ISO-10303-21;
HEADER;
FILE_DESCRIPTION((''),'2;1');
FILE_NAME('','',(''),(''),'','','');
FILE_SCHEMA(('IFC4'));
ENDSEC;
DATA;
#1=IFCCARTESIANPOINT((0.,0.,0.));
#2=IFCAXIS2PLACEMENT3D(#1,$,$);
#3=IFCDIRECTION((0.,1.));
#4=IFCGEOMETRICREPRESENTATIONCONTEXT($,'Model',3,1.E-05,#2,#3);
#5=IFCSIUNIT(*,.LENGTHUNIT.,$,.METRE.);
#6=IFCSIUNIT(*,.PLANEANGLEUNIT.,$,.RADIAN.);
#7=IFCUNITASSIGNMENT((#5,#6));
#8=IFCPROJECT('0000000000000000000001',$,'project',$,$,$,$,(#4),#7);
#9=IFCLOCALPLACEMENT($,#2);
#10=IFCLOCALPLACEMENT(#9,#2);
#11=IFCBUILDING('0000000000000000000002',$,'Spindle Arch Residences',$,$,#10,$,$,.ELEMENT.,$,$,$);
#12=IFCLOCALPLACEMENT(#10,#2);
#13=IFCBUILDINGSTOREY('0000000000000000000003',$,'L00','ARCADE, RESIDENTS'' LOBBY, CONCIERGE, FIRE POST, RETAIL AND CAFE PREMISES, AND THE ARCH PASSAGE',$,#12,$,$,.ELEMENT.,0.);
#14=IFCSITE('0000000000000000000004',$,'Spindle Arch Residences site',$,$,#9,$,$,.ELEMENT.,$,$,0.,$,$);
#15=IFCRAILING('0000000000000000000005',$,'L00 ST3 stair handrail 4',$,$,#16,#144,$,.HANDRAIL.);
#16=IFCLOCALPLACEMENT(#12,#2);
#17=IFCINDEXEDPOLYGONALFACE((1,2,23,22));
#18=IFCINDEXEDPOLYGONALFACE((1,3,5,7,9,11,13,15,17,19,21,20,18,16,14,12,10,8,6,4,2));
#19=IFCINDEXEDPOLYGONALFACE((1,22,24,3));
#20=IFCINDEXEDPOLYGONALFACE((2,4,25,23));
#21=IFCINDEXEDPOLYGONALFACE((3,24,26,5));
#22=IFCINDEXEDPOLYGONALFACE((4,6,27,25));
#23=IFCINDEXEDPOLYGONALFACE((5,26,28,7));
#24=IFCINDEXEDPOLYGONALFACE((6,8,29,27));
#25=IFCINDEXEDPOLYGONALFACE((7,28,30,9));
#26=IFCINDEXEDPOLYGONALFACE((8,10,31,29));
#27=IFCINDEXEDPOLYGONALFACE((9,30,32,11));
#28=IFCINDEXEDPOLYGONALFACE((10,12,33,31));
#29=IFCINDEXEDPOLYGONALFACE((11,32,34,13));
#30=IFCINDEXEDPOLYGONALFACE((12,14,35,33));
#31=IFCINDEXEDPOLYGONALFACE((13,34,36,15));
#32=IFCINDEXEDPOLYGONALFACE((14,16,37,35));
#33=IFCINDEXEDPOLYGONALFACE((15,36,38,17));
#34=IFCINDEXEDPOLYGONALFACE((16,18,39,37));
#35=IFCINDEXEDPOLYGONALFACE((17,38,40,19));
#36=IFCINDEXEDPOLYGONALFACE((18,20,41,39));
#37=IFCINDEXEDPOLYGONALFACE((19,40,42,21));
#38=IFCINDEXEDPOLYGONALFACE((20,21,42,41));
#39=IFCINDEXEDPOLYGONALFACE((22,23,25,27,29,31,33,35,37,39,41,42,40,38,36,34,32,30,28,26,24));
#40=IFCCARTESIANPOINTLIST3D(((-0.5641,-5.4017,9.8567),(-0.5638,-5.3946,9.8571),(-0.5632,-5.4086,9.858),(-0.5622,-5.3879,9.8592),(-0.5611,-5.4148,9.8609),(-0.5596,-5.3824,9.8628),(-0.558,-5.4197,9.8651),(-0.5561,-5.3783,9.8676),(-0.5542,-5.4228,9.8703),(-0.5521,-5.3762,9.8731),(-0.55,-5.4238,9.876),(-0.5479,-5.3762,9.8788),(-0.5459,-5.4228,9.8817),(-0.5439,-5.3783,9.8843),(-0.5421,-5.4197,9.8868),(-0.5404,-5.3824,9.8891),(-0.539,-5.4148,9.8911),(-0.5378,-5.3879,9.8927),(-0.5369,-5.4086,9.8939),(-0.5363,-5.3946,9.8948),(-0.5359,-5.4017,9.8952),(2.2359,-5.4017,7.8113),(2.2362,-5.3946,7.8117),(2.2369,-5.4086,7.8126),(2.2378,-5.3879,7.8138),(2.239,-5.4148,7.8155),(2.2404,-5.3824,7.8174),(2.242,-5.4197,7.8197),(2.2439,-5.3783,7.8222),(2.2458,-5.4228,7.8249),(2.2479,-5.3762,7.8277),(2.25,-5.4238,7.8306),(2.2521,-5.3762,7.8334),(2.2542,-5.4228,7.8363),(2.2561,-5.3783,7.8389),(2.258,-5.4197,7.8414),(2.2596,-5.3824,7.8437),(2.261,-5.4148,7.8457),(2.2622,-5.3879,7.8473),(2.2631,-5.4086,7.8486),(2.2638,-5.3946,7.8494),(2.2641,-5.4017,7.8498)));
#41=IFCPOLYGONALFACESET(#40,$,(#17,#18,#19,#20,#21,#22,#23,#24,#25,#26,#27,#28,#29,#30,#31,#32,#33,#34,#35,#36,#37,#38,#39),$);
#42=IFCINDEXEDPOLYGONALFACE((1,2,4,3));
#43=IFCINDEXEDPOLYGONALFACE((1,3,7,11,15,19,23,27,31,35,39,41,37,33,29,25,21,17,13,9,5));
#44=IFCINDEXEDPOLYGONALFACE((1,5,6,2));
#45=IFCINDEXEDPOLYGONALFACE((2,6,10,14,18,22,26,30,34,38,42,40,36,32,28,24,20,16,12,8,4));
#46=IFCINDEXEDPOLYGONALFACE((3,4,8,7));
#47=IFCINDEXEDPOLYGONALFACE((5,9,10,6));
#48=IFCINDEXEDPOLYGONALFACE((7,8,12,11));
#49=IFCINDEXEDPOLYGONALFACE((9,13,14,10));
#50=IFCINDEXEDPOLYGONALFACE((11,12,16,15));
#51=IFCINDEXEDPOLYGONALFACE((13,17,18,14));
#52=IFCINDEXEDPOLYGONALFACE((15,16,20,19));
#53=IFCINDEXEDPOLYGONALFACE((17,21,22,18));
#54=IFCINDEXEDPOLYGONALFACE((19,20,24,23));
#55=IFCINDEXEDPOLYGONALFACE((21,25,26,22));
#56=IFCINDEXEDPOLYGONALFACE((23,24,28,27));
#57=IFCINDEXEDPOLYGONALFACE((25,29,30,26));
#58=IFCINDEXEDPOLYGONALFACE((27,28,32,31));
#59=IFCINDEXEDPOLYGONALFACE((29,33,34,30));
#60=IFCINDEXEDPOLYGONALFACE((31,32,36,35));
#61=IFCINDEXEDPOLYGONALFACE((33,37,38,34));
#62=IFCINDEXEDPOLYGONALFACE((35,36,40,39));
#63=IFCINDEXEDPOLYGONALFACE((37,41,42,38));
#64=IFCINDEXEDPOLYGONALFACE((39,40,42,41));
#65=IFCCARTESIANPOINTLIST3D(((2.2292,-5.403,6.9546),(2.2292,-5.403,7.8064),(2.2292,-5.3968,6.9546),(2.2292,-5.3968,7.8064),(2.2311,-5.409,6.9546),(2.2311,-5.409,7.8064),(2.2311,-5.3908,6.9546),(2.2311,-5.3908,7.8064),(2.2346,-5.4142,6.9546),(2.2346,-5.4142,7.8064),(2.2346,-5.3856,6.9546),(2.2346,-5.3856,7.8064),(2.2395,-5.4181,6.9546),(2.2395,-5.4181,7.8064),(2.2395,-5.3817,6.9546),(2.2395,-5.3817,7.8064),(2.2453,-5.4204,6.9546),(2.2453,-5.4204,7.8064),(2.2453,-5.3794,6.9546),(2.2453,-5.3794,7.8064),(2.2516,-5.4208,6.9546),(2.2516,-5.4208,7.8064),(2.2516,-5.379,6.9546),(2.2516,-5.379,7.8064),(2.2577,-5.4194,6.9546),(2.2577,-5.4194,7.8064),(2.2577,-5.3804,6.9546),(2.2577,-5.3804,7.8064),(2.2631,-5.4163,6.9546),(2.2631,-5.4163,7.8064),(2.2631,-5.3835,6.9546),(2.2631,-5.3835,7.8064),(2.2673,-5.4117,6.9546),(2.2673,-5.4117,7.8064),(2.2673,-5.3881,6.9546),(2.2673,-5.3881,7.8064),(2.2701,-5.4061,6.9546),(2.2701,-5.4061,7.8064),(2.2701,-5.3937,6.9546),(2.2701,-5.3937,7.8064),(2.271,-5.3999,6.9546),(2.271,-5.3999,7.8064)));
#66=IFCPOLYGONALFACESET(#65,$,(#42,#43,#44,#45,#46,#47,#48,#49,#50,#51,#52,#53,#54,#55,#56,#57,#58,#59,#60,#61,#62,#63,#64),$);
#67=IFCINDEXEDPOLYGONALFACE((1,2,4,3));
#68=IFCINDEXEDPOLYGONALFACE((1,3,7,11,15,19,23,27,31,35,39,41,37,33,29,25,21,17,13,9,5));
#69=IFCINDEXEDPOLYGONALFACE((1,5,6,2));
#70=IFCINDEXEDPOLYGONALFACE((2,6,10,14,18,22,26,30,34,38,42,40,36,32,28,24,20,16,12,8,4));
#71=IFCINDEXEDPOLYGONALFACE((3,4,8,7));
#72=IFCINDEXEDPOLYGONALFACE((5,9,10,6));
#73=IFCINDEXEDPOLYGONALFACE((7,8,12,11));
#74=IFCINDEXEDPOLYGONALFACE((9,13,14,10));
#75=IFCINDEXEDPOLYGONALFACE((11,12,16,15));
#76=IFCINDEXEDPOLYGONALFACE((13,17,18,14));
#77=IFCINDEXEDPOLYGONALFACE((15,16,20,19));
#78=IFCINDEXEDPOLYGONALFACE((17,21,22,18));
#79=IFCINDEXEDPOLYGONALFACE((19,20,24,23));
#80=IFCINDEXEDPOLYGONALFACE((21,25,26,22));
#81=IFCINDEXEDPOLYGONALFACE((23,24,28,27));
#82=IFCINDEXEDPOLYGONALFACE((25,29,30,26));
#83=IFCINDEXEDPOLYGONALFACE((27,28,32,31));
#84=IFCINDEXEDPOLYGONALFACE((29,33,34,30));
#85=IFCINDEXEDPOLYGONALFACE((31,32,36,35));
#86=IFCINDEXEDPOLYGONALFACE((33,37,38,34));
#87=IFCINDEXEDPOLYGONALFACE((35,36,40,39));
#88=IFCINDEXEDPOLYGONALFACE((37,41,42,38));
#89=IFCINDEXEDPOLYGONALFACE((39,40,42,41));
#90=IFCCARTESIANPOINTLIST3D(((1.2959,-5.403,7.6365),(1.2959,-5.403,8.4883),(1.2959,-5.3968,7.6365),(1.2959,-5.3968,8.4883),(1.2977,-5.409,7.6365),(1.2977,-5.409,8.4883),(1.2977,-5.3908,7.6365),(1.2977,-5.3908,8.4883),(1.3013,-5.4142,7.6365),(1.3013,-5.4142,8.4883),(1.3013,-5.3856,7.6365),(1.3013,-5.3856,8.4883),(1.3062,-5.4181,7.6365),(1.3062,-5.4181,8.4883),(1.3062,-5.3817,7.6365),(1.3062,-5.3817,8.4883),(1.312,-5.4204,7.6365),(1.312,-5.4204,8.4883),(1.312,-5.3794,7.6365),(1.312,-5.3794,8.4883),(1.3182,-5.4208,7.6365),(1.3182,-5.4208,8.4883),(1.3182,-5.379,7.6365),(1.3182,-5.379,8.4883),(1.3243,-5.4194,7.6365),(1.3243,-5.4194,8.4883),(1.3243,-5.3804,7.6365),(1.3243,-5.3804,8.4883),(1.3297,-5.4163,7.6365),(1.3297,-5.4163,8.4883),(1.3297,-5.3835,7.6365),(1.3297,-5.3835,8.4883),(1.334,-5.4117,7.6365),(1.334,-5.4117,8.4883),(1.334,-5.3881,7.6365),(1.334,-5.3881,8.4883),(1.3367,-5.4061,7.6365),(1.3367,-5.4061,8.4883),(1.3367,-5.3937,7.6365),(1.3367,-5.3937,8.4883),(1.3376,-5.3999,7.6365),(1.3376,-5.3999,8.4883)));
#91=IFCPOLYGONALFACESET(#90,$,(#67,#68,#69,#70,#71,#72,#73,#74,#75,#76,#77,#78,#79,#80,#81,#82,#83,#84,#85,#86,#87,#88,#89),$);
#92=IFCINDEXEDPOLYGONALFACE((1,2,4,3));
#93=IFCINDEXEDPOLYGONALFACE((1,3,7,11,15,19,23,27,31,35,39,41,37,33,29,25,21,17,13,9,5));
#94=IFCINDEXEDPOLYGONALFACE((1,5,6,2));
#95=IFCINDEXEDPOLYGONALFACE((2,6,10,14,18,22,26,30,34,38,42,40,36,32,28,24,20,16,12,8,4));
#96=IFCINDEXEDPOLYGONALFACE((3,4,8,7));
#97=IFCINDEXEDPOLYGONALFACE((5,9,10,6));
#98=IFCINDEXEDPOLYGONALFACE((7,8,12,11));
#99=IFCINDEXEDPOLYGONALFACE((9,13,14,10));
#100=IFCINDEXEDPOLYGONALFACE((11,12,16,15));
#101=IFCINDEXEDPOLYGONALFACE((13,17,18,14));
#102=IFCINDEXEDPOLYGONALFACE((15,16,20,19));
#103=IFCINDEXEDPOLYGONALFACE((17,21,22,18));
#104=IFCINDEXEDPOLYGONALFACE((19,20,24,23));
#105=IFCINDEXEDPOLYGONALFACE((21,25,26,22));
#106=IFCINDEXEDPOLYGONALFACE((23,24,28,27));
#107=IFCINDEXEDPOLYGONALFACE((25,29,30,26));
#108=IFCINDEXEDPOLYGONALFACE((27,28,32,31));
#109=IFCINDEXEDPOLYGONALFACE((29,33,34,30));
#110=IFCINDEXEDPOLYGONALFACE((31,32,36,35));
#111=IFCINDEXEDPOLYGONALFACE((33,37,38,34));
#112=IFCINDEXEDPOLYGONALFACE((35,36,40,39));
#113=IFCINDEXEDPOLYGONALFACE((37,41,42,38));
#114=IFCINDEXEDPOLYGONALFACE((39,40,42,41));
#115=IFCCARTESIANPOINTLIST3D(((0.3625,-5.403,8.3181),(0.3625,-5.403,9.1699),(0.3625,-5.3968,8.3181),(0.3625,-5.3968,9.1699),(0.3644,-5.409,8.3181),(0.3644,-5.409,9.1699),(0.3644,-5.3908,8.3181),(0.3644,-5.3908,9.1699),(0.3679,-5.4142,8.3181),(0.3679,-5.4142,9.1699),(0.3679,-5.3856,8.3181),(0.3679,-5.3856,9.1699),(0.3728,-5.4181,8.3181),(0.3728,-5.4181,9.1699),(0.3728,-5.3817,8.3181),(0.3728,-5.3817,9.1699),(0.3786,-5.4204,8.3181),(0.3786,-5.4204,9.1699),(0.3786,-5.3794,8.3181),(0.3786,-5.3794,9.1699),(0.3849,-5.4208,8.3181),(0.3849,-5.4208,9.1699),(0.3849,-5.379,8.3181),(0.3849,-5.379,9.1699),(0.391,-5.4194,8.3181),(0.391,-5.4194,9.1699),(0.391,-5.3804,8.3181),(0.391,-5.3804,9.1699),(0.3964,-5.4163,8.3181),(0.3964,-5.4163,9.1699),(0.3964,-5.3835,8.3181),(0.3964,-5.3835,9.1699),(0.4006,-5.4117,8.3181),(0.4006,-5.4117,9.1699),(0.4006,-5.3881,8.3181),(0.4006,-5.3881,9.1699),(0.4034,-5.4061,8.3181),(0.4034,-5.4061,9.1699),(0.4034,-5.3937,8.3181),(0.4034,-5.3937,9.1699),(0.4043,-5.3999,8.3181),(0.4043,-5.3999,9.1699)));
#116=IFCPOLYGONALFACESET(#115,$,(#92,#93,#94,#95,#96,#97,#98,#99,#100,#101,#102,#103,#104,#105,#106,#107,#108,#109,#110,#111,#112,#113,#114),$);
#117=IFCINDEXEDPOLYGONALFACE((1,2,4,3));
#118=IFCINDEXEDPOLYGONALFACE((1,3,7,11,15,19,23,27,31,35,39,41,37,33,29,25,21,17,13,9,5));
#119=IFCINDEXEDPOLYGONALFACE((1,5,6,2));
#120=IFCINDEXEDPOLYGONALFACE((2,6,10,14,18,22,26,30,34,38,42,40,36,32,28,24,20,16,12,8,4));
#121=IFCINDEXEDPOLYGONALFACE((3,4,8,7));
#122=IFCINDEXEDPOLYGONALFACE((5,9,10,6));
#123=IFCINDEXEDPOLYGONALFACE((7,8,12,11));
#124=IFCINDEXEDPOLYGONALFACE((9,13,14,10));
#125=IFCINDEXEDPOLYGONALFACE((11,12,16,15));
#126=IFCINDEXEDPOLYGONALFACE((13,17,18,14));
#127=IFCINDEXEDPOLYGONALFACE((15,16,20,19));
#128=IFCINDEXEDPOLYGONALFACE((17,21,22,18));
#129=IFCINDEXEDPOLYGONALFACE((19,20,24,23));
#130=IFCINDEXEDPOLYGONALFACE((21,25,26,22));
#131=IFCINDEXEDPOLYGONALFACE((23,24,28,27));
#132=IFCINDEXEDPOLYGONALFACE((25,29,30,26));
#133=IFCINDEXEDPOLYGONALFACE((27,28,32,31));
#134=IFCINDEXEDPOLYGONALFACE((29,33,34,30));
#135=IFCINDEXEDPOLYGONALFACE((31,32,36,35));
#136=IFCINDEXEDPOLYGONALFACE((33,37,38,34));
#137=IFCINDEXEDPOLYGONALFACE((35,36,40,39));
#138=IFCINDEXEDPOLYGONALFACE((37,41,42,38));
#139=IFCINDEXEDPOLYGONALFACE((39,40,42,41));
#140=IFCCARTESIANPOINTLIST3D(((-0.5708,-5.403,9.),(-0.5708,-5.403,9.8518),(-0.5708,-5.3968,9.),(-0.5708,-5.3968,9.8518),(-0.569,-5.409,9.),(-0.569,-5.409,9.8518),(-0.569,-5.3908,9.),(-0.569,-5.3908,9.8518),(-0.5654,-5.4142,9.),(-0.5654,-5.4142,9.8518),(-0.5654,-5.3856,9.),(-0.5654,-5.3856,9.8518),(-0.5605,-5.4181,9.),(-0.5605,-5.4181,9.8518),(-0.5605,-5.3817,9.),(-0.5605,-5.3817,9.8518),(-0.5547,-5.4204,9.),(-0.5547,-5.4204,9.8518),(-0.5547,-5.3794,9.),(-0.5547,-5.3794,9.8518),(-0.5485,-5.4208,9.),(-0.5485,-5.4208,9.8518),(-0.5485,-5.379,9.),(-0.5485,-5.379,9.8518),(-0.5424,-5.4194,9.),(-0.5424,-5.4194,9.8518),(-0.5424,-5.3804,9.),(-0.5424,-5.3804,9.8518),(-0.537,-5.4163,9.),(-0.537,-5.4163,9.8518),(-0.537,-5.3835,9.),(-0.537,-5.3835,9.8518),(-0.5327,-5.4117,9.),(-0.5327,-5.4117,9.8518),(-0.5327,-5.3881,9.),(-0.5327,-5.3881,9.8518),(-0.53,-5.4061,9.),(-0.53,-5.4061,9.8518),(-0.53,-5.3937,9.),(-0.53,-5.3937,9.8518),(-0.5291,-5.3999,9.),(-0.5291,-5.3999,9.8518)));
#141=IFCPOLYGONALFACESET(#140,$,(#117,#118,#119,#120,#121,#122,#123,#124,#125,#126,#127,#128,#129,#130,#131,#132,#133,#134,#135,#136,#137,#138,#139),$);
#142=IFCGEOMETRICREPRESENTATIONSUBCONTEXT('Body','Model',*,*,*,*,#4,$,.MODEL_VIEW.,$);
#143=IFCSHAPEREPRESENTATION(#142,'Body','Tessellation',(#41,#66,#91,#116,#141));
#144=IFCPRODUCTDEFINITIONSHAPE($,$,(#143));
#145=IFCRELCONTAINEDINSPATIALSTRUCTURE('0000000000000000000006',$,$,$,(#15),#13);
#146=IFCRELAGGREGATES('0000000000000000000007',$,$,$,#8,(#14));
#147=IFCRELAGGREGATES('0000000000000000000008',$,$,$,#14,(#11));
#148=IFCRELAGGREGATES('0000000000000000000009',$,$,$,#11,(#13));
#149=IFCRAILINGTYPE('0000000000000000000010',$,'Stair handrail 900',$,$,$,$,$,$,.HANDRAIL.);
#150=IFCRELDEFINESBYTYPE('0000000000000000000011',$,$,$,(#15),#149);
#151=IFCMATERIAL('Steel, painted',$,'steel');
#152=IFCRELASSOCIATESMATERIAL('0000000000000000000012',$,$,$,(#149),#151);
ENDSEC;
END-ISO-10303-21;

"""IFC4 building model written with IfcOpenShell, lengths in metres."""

from ifc_helpers import new_model, si_unit, direction, frame, origin, origin_2d, place, context, subcontext, project, spatial, circle, extrude, material, type_object, element, save


model = new_model("IFC4")

# Units and contexts
model_context = context("Model", 3, precision=1e-05, world=origin(), true_north=direction((0.0, 1.0)))
body_context = subcontext(model_context, "Body", "Model", "MODEL_VIEW")
ifc_project = project(units=[si_unit("LENGTHUNIT", "METRE"), si_unit("PLANEANGLEUNIT", "RADIAN")], contexts=[model_context])

# Site, building, storey
site_placement = place(None, origin())
site = spatial("IfcSite", under=ifc_project, at=site_placement, Name="Spindle Arch Residences site", CompositionType="ELEMENT", RefElevation=0.0)
building_placement = place(site_placement, origin())
building = spatial("IfcBuilding", under=site, at=building_placement, Name="Spindle Arch Residences", CompositionType="ELEMENT")
storey_placement = place(building_placement, origin())
storey = spatial("IfcBuildingStorey", under=building, at=storey_placement, Name="L00", Description="ARCADE, RESIDENTS' LOBBY, CONCIERGE, FIRE POST, RETAIL AND CAFE PREMISES, AND THE ARCH PASSAGE", CompositionType="ELEMENT", Elevation=0.0)

# Railing
ifc_material_1 = material(Name="Steel, painted", Category="steel")
railing_type = type_object("IfcRailingType", Name="Stair handrail 900", PredefinedType="HANDRAIL", material=ifc_material_1)
railing_placement = place(storey_placement, frame((2.25, -5.3999, 6.9546)))
element("IfcRailing", 1, at=railing_placement, inside=storey, type_object=railing_type, Name="L00 ST3 stair handrail 4", PredefinedType="HANDRAIL", context=body_context, shape_type="SweptSolid", body=[
    extrude(circle(Radius=0.0239, at=origin_2d()), frame((0.0, 0.0, 0.876), z_axis=(-0.807498, 0.0, 0.58987), x_axis=(0.0, -1.0, 0.0)), (0.0, 0.0, 1.0), 3.4675),
    extrude(circle(Radius=0.021, at=origin_2d()), origin(), (0.0, 0.0, 1.0), 0.8518),
    extrude(circle(Radius=0.021, at=origin_2d()), frame((-0.9333, 0.0, 0.6819)), (0.0, 0.0, 1.0), 0.8518),
    extrude(circle(Radius=0.021, at=origin_2d()), frame((-1.8667, 0.0, 1.3635)), (0.0, 0.0, 1.0), 0.8518),
    extrude(circle(Radius=0.021, at=origin_2d()), frame((-2.8, 0.0, 2.0454)), (0.0, 0.0, 1.0), 0.8518),
])

save(model, "model.ifc")
